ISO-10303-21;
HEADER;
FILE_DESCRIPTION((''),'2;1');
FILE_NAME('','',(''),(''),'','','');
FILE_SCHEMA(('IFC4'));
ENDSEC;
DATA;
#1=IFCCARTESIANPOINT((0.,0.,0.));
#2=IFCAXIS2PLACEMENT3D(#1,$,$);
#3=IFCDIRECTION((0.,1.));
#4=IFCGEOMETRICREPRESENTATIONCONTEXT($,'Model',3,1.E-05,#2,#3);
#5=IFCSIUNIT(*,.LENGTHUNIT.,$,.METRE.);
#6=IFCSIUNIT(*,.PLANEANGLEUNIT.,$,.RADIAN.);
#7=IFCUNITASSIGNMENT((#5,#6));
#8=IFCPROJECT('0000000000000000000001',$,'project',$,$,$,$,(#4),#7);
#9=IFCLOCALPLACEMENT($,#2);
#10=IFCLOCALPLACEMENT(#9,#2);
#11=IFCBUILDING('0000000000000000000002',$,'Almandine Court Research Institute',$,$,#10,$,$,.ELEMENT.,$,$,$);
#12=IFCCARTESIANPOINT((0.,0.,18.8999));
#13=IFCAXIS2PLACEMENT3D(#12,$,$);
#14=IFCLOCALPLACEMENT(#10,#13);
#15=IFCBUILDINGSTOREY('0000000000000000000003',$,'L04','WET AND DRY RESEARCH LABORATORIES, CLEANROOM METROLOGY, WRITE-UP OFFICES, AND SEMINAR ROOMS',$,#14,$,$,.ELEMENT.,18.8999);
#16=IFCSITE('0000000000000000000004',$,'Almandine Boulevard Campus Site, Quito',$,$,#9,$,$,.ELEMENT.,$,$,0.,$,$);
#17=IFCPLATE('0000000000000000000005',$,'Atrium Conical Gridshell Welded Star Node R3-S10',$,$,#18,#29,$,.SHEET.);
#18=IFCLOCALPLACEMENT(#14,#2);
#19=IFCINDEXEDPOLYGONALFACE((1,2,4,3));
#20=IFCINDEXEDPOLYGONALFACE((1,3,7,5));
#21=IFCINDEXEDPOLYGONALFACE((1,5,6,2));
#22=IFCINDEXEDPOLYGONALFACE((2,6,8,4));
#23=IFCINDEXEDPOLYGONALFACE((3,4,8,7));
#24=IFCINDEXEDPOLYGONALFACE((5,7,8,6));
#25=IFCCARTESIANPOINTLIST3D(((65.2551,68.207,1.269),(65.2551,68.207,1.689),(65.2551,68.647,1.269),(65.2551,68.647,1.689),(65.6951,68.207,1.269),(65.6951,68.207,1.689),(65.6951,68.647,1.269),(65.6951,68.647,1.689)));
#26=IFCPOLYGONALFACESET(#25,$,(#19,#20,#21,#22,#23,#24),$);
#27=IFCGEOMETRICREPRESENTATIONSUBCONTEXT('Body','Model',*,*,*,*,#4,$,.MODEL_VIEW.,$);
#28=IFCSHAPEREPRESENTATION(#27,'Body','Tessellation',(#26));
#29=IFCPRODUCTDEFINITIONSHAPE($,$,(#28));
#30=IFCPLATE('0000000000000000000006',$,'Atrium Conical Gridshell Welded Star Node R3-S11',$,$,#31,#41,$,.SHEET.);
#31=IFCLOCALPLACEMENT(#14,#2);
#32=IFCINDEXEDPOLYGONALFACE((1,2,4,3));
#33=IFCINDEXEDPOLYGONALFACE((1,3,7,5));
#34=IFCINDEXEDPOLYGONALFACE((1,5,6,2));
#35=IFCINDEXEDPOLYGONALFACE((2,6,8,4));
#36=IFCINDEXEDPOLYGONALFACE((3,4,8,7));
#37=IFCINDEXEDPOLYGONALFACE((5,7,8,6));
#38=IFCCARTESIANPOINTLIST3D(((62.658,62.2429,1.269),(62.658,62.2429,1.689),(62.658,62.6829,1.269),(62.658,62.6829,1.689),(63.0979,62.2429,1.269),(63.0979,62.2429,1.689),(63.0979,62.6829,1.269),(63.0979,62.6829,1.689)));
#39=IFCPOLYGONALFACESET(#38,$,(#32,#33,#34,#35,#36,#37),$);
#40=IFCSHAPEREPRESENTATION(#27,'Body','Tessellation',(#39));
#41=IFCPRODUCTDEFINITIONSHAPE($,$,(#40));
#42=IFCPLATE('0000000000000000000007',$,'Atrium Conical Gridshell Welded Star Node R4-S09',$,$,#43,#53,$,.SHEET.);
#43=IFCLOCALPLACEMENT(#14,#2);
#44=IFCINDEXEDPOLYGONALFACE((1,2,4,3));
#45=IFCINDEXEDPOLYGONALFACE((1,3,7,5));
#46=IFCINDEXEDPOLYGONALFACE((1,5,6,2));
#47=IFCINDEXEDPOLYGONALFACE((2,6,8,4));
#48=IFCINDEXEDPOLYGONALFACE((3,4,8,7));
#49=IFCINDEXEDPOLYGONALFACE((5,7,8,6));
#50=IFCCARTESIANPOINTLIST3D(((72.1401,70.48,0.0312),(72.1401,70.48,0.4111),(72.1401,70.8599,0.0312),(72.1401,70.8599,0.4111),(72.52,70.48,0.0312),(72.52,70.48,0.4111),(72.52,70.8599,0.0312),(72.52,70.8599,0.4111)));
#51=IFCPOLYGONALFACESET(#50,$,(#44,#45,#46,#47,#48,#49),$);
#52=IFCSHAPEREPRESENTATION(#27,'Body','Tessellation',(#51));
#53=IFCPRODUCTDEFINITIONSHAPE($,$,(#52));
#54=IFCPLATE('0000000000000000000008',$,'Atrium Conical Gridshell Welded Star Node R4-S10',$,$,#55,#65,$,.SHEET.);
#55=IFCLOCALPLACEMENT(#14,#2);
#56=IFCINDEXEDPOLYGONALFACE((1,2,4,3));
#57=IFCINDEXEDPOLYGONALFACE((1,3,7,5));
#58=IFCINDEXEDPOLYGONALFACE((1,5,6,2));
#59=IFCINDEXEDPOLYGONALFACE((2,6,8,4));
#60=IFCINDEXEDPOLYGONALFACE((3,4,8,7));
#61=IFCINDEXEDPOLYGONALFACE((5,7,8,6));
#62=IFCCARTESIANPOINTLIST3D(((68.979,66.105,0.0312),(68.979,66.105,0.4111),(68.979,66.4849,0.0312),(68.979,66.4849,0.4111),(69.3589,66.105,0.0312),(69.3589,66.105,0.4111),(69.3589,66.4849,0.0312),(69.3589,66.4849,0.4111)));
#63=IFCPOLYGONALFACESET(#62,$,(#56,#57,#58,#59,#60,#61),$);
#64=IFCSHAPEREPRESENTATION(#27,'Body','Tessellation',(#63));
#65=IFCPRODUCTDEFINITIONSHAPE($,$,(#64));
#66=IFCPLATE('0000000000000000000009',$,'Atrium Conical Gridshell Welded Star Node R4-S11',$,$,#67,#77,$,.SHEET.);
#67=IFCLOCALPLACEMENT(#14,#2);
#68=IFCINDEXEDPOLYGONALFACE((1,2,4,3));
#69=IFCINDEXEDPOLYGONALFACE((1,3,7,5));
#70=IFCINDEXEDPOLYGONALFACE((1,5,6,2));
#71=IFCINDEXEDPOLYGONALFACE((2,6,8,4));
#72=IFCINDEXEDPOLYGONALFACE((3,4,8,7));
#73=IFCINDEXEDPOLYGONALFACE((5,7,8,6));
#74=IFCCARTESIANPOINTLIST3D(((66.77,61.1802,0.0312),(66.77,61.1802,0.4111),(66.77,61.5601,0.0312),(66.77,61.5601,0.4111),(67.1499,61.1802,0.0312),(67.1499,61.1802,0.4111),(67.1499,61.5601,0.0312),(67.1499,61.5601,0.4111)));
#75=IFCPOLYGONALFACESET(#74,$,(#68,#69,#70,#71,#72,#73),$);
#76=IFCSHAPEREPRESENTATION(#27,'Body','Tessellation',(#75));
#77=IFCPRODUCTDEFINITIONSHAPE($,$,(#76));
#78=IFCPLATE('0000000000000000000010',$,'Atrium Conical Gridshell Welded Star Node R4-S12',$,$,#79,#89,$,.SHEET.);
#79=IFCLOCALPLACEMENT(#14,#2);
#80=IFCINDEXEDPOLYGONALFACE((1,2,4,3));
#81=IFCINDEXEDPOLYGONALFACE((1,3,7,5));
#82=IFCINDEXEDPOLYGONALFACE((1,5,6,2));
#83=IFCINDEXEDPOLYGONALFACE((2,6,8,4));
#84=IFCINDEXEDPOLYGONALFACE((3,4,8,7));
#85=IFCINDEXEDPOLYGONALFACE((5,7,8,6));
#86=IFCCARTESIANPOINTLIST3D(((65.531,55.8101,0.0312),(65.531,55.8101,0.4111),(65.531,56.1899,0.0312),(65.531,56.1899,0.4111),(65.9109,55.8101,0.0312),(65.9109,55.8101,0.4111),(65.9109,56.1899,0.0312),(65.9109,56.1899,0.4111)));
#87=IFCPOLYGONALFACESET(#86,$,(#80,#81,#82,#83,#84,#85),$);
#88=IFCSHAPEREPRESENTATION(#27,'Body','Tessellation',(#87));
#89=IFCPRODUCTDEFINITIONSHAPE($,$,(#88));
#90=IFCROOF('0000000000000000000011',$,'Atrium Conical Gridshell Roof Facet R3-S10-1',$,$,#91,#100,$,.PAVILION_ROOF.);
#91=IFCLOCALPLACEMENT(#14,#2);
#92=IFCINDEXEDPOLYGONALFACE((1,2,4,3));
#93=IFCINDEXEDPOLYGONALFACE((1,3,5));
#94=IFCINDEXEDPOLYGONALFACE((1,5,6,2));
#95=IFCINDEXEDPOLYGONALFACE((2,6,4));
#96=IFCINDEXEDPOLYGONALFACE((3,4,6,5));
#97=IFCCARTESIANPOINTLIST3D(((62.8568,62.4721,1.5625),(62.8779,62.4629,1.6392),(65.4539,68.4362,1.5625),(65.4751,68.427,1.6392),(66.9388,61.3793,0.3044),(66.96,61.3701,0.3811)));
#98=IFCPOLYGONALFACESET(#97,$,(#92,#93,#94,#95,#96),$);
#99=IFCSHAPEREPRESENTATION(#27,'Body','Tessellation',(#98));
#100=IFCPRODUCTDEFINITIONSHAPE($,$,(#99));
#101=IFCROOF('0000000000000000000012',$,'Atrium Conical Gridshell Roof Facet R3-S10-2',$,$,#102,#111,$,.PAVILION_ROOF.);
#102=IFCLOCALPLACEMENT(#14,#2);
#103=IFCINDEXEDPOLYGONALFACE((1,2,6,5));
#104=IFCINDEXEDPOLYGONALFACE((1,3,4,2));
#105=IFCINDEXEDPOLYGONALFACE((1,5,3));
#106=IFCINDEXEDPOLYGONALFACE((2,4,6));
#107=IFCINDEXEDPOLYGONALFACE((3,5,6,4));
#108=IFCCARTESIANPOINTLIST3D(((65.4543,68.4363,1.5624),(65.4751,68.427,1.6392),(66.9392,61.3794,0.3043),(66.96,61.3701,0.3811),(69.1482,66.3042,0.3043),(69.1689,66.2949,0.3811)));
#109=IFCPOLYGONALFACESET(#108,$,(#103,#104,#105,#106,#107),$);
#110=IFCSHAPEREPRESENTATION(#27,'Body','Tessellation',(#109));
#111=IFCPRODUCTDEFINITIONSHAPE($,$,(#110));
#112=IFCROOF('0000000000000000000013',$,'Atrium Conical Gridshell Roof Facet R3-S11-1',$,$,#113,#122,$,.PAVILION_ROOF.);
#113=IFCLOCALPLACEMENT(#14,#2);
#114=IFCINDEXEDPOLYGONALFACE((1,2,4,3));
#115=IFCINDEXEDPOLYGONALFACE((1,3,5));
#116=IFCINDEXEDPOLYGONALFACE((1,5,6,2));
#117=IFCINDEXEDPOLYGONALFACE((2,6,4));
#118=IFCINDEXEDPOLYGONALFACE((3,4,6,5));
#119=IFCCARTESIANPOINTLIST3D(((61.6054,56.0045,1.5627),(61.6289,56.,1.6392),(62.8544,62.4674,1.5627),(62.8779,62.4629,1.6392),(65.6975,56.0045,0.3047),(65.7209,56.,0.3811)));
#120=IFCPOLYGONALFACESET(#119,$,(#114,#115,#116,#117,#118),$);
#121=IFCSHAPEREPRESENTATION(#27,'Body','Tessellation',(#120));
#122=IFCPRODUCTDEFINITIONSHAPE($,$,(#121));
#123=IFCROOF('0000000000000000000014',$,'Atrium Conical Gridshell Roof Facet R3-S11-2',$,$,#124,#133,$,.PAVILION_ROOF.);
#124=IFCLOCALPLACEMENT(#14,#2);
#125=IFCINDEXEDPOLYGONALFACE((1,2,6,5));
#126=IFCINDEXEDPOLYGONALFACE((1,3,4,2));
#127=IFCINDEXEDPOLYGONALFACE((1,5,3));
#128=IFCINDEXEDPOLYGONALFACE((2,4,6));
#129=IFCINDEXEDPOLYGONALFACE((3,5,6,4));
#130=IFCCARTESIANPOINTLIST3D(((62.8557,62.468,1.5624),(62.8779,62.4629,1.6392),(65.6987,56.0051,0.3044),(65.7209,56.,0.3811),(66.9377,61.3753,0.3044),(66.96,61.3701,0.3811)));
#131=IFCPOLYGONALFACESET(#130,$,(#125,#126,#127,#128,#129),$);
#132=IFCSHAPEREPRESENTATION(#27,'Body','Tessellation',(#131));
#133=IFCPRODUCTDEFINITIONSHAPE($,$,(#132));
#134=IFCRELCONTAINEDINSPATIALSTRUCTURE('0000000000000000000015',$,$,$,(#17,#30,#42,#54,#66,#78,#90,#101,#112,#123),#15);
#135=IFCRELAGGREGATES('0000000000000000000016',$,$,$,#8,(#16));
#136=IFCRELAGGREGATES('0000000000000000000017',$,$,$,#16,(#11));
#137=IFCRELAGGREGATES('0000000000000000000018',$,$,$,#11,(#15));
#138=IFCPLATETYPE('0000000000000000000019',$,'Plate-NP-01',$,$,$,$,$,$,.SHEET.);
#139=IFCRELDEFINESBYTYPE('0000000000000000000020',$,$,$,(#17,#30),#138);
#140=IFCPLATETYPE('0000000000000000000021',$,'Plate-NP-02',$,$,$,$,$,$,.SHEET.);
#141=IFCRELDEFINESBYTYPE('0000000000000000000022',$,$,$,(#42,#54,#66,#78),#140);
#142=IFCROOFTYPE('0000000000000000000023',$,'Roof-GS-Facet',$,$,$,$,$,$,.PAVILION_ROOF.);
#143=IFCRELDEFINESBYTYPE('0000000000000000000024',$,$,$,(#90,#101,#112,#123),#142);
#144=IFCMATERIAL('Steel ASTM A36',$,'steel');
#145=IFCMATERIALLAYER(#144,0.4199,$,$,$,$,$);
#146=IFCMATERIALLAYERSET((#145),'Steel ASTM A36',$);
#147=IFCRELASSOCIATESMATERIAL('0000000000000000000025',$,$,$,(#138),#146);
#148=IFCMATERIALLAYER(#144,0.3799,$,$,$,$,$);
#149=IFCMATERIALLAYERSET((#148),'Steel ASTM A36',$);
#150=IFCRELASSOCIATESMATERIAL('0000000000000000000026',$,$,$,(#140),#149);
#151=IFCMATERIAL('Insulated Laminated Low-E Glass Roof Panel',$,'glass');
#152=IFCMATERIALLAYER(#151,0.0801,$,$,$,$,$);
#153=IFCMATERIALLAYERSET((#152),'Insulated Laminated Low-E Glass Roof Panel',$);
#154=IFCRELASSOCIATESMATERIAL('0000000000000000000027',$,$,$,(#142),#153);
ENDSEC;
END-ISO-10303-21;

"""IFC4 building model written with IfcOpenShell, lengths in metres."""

from ifc_helpers import new_model, si_unit, direction, frame, origin, origin_2d, place, context, subcontext, project, spatial, polyline, rectangle, outline, extrude, material, layer, layer_set, type_object, element, save


model = new_model("IFC4")

# Units and contexts
model_context = context("Model", 3, precision=1e-05, world=origin(), true_north=direction((0.0, 1.0)))
body_context = subcontext(model_context, "Body", "Model", "MODEL_VIEW")
ifc_project = project(units=[si_unit("LENGTHUNIT", "METRE"), si_unit("PLANEANGLEUNIT", "RADIAN")], contexts=[model_context])

# Site, building, storey
site_placement = place(None, origin())
site = spatial("IfcSite", under=ifc_project, at=site_placement, Name="Almandine Boulevard Campus Site, Quito", CompositionType="ELEMENT", RefElevation=0.0)
building_placement = place(site_placement, origin())
building = spatial("IfcBuilding", under=site, at=building_placement, Name="Almandine Court Research Institute", CompositionType="ELEMENT")
storey_placement = place(building_placement, frame((0.0, 0.0, 18.8999)))
storey = spatial("IfcBuildingStorey", under=building, at=storey_placement, Name="L04", Description="WET AND DRY RESEARCH LABORATORIES, CLEANROOM METROLOGY, WRITE-UP OFFICES, AND SEMINAR ROOMS", CompositionType="ELEMENT", Elevation=18.8999)

# Plates
ifc_material_1 = material(Name="Steel ASTM A36", Category="steel")
ifc_layer_1 = layer(ifc_material_1, 0.4199)
ifc_layer_set_1 = layer_set([ifc_layer_1], Name="Steel ASTM A36")
plate_type_1 = type_object("IfcPlateType", Name="Plate-NP-01", PredefinedType="SHEET", material=ifc_layer_set_1)
for number, where, z_axis, x_axis, name in (
    (1, (65.4751, 68.427, 1.269), (0.0, 0.0, 1.0), (1.0, 0.0, 0.0), "Atrium Conical Gridshell Welded Star Node R3-S10"),
    (2, (62.8779, 62.4629, 1.269), (0.0, 0.0, 1.0), (1.0, 0.0, 0.0), "Atrium Conical Gridshell Welded Star Node R3-S11"),
):
    element("IfcPlate", number, at=place(storey_placement, frame(where, z_axis=z_axis, x_axis=x_axis)), inside=storey, type_object=plate_type_1, Name=name, PredefinedType="SHEET", context=body_context, shape_type="SweptSolid", body=[
        extrude(rectangle(XDim=0.4399, YDim=0.4399, at=origin_2d()), origin(), (0.0, 0.0, 1.0), 0.4199),
    ])
ifc_layer_2 = layer(ifc_material_1, 0.3799)
ifc_layer_set_2 = layer_set([ifc_layer_2], Name="Steel ASTM A36")
plate_type_2 = type_object("IfcPlateType", Name="Plate-NP-02", PredefinedType="SHEET", material=ifc_layer_set_2)
for number, where, z_axis, x_axis, name in (
    (3, (72.3301, 70.6699, 0.0312), (0.0, 0.0, 1.0), (1.0, 0.0, 0.0), "Atrium Conical Gridshell Welded Star Node R4-S09"),
    (4, (69.1689, 66.2949, 0.0312), (0.0, 0.0, 1.0), (1.0, 0.0, 0.0), "Atrium Conical Gridshell Welded Star Node R4-S10"),
    (5, (66.96, 61.3701, 0.0312), (0.0, 0.0, 1.0), (1.0, 0.0, 0.0), "Atrium Conical Gridshell Welded Star Node R4-S11"),
    (6, (65.7209, 56.0, 0.0312), (0.0, 0.0, 1.0), (1.0, 0.0, 0.0), "Atrium Conical Gridshell Welded Star Node R4-S12"),
):
    element("IfcPlate", number, at=place(storey_placement, frame(where, z_axis=z_axis, x_axis=x_axis)), inside=storey, type_object=plate_type_2, Name=name, PredefinedType="SHEET", context=body_context, shape_type="SweptSolid", body=[
        extrude(rectangle(XDim=0.3799, YDim=0.3799, at=origin_2d()), origin(), (0.0, 0.0, 1.0), 0.3799),
    ])

# Roofs
ifc_material_2 = material(Name="Insulated Laminated Low-E Glass Roof Panel", Category="glass")
ifc_layer_3 = layer(ifc_material_2, 0.0801)
ifc_layer_set_3 = layer_set([ifc_layer_3], Name="Insulated Laminated Low-E Glass Roof Panel")
roof_type = type_object("IfcRoofType", Name="Roof-GS-Facet", PredefinedType="PAVILION_ROOF", material=ifc_layer_set_3)
roof_1_placement = place(storey_placement, frame((65.4751, 68.427, 1.6392), z_axis=(0.2643, -0.115093, 0.957549), x_axis=(-0.399253, -0.916841, 0.0)))
element("IfcRoof", 7, at=roof_1_placement, inside=storey, type_object=roof_type, Name="Atrium Conical Gridshell Roof Facet R3-S10-1", PredefinedType="PAVILION_ROOF", context=body_context, shape_type="SweptSolid", body=[
    extrude(outline(polyline([(0.0, 0.0), (6.5051, 0.0), (5.8772, 4.3641), (0.0, 0.0)])), origin(), (0.0, 0.0, -1.0), 0.0801),
])
roof_2_placement = place(storey_placement, frame((65.4751, 68.427, 1.6392), z_axis=(0.259378, -0.116342, 0.958743), x_axis=(0.202841, -0.964013, -0.171858)))
element("IfcRoof", 8, at=roof_2_placement, inside=storey, type_object=roof_type, Name="Atrium Conical Gridshell Roof Facet R3-S10-2", PredefinedType="PAVILION_ROOF", context=body_context, shape_type="SweptSolid", body=[
    extrude(outline(polyline([(0.0, 0.0), (7.3203, 0.0), (3.0208, 3.2631), (0.0, 0.0)])), origin(), (0.0, 0.0, -1.0), 0.0801),
])
roof_3_placement = place(storey_placement, frame((62.8779, 62.4629, 1.6392), z_axis=(0.293393, -0.056701, 0.954309), x_axis=(-0.18975, -0.981832, 0.0)))
element("IfcRoof", 9, at=roof_3_placement, inside=storey, type_object=roof_type, Name="Atrium Conical Gridshell Roof Facet R3-S11-1", PredefinedType="PAVILION_ROOF", context=body_context, shape_type="SweptSolid", body=[
    extrude(outline(polyline([(0.0, 0.0), (6.5825, 0.0), (5.806, 4.2101), (0.0, 0.0)])), origin(), (0.0, 0.0, -1.0), 0.0801),
])
roof_4_placement = place(storey_placement, frame((62.8779, 62.4629, 1.6392), z_axis=(0.278185, -0.064184, 0.958381), x_axis=(0.396417, -0.901156, -0.175418)))
element("IfcRoof", 10, at=roof_4_placement, inside=storey, type_object=roof_type, Name="Atrium Conical Gridshell Roof Facet R3-S11-2", PredefinedType="PAVILION_ROOF", context=body_context, shape_type="SweptSolid", body=[
    extrude(outline(polyline([(0.0, 0.0), (7.1718, 0.0), (2.8236, 3.3863), (0.0, 0.0)])), origin(), (0.0, 0.0, -1.0), 0.0801),
])

save(model, "model.ifc")
